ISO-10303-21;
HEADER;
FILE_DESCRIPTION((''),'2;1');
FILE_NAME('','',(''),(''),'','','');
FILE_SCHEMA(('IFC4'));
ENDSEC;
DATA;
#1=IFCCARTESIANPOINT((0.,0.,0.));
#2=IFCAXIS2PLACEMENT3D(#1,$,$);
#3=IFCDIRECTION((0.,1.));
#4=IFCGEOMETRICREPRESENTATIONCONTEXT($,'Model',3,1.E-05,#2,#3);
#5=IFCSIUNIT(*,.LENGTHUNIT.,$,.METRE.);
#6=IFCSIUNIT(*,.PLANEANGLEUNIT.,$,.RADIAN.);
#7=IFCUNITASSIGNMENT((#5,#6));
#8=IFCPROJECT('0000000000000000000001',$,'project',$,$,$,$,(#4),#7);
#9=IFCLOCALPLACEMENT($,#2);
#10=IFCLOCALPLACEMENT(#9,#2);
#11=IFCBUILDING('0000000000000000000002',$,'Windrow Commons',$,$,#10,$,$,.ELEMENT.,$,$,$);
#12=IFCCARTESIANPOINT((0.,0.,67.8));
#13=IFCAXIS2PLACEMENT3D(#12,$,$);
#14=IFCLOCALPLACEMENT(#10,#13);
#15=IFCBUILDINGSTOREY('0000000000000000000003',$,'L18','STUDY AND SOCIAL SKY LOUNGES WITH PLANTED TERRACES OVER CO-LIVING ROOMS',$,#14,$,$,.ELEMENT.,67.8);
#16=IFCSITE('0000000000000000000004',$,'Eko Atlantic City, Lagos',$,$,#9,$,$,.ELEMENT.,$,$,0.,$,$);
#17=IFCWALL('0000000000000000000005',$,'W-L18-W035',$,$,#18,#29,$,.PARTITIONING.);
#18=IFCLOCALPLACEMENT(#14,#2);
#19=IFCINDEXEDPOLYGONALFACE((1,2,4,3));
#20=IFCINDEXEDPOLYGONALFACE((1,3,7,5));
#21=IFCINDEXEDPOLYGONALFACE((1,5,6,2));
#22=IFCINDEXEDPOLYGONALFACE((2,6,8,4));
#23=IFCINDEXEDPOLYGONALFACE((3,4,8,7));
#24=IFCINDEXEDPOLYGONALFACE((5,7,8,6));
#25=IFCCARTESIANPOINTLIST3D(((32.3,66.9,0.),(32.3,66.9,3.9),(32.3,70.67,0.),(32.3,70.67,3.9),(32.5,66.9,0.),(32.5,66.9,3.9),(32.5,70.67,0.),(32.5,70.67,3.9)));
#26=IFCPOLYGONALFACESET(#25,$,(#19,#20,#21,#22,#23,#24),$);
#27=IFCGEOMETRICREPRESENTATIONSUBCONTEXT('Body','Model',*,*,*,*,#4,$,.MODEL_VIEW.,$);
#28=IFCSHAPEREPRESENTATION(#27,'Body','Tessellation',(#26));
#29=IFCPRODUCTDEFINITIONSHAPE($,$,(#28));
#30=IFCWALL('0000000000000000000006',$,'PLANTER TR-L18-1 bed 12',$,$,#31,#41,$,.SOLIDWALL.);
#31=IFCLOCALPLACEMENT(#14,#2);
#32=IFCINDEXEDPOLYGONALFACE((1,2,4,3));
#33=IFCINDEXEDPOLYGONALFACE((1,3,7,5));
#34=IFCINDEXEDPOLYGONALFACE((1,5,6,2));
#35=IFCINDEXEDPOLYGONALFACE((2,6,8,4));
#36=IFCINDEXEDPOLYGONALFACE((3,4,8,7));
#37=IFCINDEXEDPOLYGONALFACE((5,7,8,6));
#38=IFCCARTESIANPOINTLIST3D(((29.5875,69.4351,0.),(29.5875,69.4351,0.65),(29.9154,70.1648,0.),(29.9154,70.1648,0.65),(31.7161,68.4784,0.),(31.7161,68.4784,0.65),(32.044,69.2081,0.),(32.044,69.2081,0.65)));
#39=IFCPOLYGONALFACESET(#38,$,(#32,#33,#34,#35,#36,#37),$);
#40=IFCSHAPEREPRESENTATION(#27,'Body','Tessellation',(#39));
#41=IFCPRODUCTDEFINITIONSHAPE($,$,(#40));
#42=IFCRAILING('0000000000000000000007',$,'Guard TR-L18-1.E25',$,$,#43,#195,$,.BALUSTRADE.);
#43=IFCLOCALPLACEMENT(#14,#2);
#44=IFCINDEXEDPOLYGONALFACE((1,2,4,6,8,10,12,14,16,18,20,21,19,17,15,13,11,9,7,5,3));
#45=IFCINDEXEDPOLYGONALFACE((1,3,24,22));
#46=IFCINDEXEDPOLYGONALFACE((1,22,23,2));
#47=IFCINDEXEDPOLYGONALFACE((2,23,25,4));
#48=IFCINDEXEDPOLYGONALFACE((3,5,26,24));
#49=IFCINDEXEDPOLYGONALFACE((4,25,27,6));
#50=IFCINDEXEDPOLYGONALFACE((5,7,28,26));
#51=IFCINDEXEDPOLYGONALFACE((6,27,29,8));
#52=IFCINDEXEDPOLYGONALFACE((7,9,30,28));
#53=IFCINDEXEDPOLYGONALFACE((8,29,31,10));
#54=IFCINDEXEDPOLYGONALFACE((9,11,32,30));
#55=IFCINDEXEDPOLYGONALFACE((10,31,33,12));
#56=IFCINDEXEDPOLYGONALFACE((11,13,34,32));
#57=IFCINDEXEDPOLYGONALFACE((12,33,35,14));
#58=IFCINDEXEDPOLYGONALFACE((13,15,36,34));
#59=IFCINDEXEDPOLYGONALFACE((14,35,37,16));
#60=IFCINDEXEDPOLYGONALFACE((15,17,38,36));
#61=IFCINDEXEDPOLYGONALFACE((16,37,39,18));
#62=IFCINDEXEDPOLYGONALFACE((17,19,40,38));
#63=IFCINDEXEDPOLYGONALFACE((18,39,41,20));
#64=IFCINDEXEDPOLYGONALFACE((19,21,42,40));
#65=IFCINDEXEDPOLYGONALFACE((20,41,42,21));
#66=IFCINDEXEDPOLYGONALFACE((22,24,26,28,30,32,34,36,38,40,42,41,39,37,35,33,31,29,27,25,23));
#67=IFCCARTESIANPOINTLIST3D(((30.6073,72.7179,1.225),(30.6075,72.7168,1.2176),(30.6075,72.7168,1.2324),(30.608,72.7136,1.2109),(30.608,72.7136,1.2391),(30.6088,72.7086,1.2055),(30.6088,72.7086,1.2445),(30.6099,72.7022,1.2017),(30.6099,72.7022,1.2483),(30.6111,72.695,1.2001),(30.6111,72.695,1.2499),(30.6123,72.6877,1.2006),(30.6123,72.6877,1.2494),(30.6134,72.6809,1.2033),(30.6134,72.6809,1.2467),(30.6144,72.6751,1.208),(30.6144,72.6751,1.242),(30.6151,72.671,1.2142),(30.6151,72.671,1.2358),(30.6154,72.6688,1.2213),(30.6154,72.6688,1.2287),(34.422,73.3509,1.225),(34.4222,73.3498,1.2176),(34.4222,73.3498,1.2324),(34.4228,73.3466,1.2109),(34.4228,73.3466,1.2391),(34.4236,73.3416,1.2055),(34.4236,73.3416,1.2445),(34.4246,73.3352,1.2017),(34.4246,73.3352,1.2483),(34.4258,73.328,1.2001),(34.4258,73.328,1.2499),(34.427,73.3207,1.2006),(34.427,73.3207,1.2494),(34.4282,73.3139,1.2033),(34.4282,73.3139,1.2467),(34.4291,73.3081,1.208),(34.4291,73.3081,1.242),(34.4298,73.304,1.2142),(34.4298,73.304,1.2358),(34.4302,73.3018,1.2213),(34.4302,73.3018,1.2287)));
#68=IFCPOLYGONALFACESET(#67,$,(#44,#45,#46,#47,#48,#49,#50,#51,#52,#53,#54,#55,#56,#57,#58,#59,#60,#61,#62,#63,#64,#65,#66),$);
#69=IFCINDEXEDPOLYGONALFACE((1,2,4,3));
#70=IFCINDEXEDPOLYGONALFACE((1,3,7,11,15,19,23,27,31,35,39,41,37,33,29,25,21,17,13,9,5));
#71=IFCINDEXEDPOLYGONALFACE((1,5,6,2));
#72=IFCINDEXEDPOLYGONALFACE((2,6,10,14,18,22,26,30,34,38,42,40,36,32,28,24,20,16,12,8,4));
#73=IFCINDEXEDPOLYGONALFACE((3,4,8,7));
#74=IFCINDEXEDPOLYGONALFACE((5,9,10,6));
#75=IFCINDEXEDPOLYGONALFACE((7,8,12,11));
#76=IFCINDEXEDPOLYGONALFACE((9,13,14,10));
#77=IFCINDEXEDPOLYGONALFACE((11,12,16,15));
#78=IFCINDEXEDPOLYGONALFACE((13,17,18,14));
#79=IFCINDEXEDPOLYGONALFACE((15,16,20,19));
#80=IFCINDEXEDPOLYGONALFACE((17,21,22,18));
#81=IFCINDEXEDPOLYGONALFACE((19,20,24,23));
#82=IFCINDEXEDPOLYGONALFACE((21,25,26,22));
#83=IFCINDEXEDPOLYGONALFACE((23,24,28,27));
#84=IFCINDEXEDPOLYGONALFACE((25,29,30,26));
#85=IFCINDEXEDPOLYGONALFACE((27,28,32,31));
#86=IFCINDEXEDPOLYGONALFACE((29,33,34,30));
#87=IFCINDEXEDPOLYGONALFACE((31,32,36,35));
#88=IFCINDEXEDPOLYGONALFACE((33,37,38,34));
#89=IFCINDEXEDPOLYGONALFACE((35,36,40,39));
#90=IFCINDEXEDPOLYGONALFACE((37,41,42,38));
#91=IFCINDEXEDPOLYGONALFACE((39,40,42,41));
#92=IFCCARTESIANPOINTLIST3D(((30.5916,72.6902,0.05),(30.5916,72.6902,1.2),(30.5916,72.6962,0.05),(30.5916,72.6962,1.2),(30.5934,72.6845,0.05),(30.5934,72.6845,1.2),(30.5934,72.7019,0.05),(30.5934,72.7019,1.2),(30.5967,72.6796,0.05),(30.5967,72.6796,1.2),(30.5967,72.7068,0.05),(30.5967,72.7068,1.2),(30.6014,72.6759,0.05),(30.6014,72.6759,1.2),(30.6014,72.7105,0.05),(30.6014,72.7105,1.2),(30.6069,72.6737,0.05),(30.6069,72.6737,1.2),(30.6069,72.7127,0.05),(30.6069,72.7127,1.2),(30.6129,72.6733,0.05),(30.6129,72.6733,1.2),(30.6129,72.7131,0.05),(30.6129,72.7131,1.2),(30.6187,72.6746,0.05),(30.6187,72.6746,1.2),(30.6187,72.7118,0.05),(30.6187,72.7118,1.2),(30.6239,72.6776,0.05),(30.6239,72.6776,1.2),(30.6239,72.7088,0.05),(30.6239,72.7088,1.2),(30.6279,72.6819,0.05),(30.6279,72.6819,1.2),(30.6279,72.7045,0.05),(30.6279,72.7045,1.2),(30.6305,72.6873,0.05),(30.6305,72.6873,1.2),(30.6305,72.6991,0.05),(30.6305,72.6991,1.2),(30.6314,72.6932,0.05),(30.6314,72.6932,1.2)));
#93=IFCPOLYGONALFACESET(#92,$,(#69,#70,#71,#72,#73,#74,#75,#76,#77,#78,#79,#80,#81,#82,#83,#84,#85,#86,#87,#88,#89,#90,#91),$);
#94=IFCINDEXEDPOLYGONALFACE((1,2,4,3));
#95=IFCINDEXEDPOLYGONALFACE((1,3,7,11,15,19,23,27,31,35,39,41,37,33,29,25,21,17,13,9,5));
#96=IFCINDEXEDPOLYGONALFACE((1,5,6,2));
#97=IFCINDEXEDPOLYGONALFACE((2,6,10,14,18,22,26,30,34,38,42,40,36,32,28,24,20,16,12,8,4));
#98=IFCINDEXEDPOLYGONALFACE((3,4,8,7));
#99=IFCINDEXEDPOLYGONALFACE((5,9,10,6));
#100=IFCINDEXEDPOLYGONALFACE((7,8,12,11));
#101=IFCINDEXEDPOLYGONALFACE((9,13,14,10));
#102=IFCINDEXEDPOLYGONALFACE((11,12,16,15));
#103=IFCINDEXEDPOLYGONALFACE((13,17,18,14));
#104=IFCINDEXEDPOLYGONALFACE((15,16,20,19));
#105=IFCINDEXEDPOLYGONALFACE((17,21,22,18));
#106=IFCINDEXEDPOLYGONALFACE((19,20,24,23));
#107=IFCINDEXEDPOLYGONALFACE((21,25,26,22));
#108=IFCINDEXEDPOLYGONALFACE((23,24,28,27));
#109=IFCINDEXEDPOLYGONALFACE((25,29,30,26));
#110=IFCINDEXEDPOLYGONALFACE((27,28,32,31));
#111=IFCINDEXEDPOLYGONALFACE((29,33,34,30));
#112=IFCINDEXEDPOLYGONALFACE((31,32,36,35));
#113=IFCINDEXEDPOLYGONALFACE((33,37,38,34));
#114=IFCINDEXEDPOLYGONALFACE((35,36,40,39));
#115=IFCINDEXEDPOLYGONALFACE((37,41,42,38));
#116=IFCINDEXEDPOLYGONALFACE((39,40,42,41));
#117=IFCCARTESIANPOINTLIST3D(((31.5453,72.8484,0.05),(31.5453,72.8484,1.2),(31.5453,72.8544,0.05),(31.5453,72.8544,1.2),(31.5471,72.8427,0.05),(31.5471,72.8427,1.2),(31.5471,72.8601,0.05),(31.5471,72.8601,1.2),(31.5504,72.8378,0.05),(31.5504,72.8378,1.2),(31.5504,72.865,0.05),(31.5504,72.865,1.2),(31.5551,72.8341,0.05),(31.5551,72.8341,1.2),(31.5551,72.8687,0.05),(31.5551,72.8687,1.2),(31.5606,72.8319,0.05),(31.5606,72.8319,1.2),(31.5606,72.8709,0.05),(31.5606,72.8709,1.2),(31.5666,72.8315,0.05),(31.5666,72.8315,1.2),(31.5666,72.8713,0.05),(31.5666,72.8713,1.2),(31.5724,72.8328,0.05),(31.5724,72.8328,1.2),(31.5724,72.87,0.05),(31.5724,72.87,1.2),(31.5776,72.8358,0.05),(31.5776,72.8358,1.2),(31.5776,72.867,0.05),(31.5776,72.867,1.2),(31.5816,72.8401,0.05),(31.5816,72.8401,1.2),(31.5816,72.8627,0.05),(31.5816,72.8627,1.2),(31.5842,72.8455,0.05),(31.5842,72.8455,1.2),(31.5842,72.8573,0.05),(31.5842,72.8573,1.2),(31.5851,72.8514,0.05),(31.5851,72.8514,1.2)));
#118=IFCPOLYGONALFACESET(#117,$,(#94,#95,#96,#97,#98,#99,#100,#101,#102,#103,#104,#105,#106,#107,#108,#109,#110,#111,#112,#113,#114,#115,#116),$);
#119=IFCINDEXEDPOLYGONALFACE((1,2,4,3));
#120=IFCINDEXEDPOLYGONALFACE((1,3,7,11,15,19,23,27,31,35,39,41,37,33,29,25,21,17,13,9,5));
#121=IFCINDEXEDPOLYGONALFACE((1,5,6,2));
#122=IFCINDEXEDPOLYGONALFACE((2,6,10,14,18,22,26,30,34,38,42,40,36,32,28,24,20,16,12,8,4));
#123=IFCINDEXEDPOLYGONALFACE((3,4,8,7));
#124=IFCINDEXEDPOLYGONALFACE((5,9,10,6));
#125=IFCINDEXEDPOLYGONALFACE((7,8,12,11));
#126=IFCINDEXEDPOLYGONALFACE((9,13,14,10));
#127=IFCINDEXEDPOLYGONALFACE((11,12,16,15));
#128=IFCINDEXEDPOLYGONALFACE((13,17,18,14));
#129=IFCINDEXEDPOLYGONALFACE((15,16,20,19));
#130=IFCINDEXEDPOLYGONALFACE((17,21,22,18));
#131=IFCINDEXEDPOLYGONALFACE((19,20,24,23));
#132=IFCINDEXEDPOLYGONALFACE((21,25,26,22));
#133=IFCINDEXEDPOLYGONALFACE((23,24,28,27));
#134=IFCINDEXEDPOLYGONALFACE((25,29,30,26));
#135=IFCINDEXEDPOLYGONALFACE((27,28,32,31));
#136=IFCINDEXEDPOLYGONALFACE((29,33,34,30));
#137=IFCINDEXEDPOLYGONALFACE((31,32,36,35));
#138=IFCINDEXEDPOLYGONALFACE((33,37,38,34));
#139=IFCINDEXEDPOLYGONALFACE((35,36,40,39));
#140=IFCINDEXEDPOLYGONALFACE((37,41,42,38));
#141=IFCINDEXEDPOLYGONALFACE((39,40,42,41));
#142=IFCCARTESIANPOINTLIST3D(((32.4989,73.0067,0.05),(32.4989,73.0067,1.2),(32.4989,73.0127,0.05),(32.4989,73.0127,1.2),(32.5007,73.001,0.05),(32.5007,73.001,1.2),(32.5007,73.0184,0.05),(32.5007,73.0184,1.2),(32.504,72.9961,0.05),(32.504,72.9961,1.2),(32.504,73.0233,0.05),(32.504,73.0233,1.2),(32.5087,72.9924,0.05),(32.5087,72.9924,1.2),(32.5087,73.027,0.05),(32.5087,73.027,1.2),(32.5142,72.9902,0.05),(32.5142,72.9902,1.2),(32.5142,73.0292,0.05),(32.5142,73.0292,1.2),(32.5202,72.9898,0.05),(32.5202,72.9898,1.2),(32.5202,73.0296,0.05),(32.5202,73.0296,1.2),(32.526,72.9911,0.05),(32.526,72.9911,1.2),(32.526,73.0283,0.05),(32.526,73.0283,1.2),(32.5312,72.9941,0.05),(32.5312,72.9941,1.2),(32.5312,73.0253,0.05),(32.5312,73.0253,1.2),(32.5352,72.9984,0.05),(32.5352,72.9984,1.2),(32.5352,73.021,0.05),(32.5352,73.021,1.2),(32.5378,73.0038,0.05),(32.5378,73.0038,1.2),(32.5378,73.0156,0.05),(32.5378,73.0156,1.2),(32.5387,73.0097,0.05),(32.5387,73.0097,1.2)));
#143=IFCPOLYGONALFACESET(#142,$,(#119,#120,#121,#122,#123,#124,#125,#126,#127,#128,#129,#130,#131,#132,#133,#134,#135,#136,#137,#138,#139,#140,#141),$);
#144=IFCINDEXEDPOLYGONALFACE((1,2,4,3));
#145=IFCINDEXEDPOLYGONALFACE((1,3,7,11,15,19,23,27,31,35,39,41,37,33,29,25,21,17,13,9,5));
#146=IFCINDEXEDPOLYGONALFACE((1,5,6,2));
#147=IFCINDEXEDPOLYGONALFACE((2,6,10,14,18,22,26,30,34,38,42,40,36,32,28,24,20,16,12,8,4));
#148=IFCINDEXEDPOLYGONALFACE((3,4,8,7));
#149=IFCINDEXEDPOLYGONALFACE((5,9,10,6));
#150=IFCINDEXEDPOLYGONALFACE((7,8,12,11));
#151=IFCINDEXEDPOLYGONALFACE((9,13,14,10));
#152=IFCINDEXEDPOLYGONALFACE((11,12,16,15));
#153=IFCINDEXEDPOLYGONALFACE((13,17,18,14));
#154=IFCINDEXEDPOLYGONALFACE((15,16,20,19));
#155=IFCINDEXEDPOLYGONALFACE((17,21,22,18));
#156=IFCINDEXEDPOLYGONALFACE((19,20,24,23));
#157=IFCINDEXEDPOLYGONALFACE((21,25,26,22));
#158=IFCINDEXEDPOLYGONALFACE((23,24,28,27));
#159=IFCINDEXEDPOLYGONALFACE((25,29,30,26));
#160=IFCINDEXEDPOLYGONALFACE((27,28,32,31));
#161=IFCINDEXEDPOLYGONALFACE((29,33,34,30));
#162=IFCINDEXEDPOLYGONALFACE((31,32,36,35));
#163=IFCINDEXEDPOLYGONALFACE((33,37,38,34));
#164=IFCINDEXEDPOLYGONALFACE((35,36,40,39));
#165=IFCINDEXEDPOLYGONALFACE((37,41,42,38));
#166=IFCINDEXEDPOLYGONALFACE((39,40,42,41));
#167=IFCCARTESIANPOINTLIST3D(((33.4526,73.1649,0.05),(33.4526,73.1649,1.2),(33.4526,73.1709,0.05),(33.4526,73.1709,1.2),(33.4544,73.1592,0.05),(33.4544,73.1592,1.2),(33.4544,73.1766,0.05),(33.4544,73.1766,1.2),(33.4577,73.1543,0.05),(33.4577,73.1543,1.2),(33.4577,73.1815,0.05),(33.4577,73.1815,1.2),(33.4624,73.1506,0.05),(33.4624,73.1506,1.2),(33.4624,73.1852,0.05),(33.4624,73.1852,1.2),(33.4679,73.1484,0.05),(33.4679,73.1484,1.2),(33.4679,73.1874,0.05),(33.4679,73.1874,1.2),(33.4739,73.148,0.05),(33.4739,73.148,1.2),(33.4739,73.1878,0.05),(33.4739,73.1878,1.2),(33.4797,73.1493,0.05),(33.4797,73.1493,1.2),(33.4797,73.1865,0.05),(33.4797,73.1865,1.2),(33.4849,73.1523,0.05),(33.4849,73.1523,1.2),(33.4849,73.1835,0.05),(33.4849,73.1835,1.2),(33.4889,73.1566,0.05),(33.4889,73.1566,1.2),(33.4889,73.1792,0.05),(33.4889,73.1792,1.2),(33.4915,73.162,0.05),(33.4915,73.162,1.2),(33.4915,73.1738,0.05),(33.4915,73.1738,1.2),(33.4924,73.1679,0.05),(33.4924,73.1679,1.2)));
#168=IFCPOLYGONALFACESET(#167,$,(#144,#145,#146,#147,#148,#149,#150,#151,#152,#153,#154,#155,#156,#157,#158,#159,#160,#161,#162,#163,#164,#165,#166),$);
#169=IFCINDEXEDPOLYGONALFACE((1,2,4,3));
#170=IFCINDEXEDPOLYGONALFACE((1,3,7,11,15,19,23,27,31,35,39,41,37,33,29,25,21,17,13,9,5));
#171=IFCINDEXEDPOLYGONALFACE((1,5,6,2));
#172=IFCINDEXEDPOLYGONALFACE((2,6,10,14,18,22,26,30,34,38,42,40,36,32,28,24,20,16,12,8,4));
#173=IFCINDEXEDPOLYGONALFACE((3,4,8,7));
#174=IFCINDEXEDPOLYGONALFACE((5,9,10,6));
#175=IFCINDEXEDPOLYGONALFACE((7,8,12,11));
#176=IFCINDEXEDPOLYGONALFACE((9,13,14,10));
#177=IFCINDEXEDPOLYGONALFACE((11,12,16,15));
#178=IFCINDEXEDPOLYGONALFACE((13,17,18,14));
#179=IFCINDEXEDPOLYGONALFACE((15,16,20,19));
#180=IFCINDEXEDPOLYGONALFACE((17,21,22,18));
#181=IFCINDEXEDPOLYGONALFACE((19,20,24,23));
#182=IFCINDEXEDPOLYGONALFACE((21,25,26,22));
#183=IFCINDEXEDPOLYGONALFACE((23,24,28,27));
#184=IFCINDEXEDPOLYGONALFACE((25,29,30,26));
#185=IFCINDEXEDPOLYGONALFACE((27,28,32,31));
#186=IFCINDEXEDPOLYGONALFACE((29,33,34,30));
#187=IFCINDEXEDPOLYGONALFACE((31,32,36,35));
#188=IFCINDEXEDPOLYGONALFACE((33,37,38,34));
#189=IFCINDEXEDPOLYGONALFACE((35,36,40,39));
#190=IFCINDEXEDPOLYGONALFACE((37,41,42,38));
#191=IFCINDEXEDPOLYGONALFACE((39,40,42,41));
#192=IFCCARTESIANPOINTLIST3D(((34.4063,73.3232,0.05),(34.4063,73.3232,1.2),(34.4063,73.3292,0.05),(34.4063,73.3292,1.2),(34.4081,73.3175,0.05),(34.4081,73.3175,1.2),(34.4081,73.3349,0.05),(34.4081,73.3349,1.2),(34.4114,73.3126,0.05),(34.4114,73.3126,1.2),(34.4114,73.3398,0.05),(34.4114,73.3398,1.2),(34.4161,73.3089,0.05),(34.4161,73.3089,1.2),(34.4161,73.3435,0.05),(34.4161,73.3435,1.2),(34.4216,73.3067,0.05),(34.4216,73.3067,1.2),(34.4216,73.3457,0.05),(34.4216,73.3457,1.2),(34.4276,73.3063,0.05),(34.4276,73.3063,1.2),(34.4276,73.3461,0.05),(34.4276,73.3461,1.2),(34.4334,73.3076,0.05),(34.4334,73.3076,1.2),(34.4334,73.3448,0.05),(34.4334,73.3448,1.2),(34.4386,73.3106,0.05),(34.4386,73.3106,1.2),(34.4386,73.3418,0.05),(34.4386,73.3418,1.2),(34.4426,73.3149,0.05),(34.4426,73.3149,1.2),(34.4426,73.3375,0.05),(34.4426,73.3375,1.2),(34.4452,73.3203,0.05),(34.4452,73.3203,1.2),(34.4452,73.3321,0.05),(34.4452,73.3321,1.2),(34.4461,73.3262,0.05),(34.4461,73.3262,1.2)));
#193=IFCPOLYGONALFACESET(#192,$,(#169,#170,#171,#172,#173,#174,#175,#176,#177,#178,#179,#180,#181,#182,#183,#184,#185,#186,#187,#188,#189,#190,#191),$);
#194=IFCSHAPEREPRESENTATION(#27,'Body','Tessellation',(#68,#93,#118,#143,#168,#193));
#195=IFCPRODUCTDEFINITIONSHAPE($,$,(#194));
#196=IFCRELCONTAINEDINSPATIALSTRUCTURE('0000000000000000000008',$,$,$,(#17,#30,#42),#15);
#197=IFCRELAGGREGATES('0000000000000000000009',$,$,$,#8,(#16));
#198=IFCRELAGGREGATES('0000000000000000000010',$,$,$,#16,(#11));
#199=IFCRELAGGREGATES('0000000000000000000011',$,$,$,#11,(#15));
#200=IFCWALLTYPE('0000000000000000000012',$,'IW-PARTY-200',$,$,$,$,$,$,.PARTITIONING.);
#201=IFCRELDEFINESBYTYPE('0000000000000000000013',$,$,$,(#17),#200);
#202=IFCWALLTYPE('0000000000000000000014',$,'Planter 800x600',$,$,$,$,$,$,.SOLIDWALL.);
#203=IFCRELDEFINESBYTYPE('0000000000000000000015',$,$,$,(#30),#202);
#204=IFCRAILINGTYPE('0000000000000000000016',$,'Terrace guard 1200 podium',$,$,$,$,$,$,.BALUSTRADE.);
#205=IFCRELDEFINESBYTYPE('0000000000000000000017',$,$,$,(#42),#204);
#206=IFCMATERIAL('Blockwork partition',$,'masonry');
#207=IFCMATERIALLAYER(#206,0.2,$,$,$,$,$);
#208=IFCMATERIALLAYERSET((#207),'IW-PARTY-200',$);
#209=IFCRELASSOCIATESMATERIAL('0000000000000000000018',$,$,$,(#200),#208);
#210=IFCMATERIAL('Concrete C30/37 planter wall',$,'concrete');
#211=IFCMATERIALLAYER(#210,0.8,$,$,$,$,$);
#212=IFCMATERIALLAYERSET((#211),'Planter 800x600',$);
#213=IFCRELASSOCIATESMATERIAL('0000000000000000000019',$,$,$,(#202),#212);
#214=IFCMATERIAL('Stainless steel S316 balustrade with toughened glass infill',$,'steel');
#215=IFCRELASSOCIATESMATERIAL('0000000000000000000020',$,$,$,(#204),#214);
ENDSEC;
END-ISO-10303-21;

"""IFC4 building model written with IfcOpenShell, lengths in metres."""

from ifc_helpers import new_model, si_unit, direction, frame, frame_2d, origin, origin_2d, place, context, subcontext, project, spatial, rectangle, circle, extrude, material, layer, layer_set, type_object, element, save


model = new_model("IFC4")

# Units and contexts
model_context = context("Model", 3, precision=1e-05, world=origin(), true_north=direction((0.0, 1.0)))
body_context = subcontext(model_context, "Body", "Model", "MODEL_VIEW")
ifc_project = project(units=[si_unit("LENGTHUNIT", "METRE"), si_unit("PLANEANGLEUNIT", "RADIAN")], contexts=[model_context])

# Site, building, storey
site_placement = place(None, origin())
site = spatial("IfcSite", under=ifc_project, at=site_placement, Name="Eko Atlantic City, Lagos", CompositionType="ELEMENT", RefElevation=0.0)
building_placement = place(site_placement, origin())
building = spatial("IfcBuilding", under=site, at=building_placement, Name="Windrow Commons", CompositionType="ELEMENT")
storey_placement = place(building_placement, frame((0.0, 0.0, 67.8)))
storey = spatial("IfcBuildingStorey", under=building, at=storey_placement, Name="L18", Description="STUDY AND SOCIAL SKY LOUNGES WITH PLANTED TERRACES OVER CO-LIVING ROOMS", CompositionType="ELEMENT", Elevation=67.8)

# Walls
ifc_material_1 = material(Name="Blockwork partition", Category="masonry")
ifc_layer_1 = layer(ifc_material_1, 0.2)
ifc_layer_set_1 = layer_set([ifc_layer_1], Name="IW-PARTY-200")
wall_type_1 = type_object("IfcWallType", Name="IW-PARTY-200", PredefinedType="PARTITIONING", material=ifc_layer_set_1)
wall_1_placement = place(storey_placement, frame((32.4, 66.9, 0.0), z_axis=(0.0, 0.0, 1.0), x_axis=(0.0, 1.0, 0.0)))
element("IfcWall", 1, at=wall_1_placement, inside=storey, type_object=wall_type_1, Name="W-L18-W035", PredefinedType="PARTITIONING", context=body_context, shape_type="SweptSolid", body=[
    extrude(rectangle(XDim=3.77, YDim=0.2, at=frame_2d((1.885, 0.0))), origin(), (0.0, 0.0, 1.0), 3.9),
])
ifc_material_2 = material(Name="Concrete C30/37 planter wall", Category="concrete")
ifc_layer_2 = layer(ifc_material_2, 0.8)
ifc_layer_set_2 = layer_set([ifc_layer_2], Name="Planter 800x600")
wall_type_2 = type_object("IfcWallType", Name="Planter 800x600", PredefinedType="SOLIDWALL", material=ifc_layer_set_2)
wall_2_placement = place(storey_placement, frame((31.88, 68.8433, 0.0), z_axis=(0.0, 0.0, 1.0), x_axis=(-0.912109, 0.409948, 0.0)))
element("IfcWall", 2, at=wall_2_placement, inside=storey, type_object=wall_type_2, Name="PLANTER TR-L18-1 bed 12", PredefinedType="SOLIDWALL", context=body_context, shape_type="SweptSolid", body=[
    extrude(rectangle(XDim=2.3337, YDim=0.8, at=frame_2d((1.1668, 0.0))), origin(), (0.0, 0.0, 1.0), 0.65),
])

# Railing
ifc_material_3 = material(Name="Stainless steel S316 balustrade with toughened glass infill", Category="steel")
railing_type = type_object("IfcRailingType", Name="Terrace guard 1200 podium", PredefinedType="BALUSTRADE", material=ifc_material_3)
railing_1_placement = place(storey_placement, frame((30.6114, 72.6932, 0.05)))
element("IfcRailing", 3, at=railing_1_placement, inside=storey, type_object=railing_type, Name="Guard TR-L18-1.E25", PredefinedType="BALUSTRADE", context=body_context, shape_type="SweptSolid", body=[
    extrude(circle(Radius=0.025, at=origin_2d()), frame((0.0, 0.0, 1.175), z_axis=(0.98651, 0.163699, 0.0), x_axis=(-0.163699, 0.98651, 0.0)), (0.0, 0.0, 1.0), 3.8669),
    extrude(circle(Radius=0.02, at=origin_2d()), origin(), (0.0, 0.0, 1.0), 1.15),
    extrude(circle(Radius=0.02, at=origin_2d()), frame((0.9537, 0.1582, 0.0)), (0.0, 0.0, 1.0), 1.15),
    extrude(circle(Radius=0.02, at=origin_2d()), frame((1.9073, 0.3165, 0.0)), (0.0, 0.0, 1.0), 1.15),
    extrude(circle(Radius=0.02, at=origin_2d()), frame((2.861, 0.4747, 0.0)), (0.0, 0.0, 1.0), 1.15),
    extrude(circle(Radius=0.02, at=origin_2d()), frame((3.8147, 0.633, 0.0)), (0.0, 0.0, 1.0), 1.15),
])

save(model, "model.ifc")
